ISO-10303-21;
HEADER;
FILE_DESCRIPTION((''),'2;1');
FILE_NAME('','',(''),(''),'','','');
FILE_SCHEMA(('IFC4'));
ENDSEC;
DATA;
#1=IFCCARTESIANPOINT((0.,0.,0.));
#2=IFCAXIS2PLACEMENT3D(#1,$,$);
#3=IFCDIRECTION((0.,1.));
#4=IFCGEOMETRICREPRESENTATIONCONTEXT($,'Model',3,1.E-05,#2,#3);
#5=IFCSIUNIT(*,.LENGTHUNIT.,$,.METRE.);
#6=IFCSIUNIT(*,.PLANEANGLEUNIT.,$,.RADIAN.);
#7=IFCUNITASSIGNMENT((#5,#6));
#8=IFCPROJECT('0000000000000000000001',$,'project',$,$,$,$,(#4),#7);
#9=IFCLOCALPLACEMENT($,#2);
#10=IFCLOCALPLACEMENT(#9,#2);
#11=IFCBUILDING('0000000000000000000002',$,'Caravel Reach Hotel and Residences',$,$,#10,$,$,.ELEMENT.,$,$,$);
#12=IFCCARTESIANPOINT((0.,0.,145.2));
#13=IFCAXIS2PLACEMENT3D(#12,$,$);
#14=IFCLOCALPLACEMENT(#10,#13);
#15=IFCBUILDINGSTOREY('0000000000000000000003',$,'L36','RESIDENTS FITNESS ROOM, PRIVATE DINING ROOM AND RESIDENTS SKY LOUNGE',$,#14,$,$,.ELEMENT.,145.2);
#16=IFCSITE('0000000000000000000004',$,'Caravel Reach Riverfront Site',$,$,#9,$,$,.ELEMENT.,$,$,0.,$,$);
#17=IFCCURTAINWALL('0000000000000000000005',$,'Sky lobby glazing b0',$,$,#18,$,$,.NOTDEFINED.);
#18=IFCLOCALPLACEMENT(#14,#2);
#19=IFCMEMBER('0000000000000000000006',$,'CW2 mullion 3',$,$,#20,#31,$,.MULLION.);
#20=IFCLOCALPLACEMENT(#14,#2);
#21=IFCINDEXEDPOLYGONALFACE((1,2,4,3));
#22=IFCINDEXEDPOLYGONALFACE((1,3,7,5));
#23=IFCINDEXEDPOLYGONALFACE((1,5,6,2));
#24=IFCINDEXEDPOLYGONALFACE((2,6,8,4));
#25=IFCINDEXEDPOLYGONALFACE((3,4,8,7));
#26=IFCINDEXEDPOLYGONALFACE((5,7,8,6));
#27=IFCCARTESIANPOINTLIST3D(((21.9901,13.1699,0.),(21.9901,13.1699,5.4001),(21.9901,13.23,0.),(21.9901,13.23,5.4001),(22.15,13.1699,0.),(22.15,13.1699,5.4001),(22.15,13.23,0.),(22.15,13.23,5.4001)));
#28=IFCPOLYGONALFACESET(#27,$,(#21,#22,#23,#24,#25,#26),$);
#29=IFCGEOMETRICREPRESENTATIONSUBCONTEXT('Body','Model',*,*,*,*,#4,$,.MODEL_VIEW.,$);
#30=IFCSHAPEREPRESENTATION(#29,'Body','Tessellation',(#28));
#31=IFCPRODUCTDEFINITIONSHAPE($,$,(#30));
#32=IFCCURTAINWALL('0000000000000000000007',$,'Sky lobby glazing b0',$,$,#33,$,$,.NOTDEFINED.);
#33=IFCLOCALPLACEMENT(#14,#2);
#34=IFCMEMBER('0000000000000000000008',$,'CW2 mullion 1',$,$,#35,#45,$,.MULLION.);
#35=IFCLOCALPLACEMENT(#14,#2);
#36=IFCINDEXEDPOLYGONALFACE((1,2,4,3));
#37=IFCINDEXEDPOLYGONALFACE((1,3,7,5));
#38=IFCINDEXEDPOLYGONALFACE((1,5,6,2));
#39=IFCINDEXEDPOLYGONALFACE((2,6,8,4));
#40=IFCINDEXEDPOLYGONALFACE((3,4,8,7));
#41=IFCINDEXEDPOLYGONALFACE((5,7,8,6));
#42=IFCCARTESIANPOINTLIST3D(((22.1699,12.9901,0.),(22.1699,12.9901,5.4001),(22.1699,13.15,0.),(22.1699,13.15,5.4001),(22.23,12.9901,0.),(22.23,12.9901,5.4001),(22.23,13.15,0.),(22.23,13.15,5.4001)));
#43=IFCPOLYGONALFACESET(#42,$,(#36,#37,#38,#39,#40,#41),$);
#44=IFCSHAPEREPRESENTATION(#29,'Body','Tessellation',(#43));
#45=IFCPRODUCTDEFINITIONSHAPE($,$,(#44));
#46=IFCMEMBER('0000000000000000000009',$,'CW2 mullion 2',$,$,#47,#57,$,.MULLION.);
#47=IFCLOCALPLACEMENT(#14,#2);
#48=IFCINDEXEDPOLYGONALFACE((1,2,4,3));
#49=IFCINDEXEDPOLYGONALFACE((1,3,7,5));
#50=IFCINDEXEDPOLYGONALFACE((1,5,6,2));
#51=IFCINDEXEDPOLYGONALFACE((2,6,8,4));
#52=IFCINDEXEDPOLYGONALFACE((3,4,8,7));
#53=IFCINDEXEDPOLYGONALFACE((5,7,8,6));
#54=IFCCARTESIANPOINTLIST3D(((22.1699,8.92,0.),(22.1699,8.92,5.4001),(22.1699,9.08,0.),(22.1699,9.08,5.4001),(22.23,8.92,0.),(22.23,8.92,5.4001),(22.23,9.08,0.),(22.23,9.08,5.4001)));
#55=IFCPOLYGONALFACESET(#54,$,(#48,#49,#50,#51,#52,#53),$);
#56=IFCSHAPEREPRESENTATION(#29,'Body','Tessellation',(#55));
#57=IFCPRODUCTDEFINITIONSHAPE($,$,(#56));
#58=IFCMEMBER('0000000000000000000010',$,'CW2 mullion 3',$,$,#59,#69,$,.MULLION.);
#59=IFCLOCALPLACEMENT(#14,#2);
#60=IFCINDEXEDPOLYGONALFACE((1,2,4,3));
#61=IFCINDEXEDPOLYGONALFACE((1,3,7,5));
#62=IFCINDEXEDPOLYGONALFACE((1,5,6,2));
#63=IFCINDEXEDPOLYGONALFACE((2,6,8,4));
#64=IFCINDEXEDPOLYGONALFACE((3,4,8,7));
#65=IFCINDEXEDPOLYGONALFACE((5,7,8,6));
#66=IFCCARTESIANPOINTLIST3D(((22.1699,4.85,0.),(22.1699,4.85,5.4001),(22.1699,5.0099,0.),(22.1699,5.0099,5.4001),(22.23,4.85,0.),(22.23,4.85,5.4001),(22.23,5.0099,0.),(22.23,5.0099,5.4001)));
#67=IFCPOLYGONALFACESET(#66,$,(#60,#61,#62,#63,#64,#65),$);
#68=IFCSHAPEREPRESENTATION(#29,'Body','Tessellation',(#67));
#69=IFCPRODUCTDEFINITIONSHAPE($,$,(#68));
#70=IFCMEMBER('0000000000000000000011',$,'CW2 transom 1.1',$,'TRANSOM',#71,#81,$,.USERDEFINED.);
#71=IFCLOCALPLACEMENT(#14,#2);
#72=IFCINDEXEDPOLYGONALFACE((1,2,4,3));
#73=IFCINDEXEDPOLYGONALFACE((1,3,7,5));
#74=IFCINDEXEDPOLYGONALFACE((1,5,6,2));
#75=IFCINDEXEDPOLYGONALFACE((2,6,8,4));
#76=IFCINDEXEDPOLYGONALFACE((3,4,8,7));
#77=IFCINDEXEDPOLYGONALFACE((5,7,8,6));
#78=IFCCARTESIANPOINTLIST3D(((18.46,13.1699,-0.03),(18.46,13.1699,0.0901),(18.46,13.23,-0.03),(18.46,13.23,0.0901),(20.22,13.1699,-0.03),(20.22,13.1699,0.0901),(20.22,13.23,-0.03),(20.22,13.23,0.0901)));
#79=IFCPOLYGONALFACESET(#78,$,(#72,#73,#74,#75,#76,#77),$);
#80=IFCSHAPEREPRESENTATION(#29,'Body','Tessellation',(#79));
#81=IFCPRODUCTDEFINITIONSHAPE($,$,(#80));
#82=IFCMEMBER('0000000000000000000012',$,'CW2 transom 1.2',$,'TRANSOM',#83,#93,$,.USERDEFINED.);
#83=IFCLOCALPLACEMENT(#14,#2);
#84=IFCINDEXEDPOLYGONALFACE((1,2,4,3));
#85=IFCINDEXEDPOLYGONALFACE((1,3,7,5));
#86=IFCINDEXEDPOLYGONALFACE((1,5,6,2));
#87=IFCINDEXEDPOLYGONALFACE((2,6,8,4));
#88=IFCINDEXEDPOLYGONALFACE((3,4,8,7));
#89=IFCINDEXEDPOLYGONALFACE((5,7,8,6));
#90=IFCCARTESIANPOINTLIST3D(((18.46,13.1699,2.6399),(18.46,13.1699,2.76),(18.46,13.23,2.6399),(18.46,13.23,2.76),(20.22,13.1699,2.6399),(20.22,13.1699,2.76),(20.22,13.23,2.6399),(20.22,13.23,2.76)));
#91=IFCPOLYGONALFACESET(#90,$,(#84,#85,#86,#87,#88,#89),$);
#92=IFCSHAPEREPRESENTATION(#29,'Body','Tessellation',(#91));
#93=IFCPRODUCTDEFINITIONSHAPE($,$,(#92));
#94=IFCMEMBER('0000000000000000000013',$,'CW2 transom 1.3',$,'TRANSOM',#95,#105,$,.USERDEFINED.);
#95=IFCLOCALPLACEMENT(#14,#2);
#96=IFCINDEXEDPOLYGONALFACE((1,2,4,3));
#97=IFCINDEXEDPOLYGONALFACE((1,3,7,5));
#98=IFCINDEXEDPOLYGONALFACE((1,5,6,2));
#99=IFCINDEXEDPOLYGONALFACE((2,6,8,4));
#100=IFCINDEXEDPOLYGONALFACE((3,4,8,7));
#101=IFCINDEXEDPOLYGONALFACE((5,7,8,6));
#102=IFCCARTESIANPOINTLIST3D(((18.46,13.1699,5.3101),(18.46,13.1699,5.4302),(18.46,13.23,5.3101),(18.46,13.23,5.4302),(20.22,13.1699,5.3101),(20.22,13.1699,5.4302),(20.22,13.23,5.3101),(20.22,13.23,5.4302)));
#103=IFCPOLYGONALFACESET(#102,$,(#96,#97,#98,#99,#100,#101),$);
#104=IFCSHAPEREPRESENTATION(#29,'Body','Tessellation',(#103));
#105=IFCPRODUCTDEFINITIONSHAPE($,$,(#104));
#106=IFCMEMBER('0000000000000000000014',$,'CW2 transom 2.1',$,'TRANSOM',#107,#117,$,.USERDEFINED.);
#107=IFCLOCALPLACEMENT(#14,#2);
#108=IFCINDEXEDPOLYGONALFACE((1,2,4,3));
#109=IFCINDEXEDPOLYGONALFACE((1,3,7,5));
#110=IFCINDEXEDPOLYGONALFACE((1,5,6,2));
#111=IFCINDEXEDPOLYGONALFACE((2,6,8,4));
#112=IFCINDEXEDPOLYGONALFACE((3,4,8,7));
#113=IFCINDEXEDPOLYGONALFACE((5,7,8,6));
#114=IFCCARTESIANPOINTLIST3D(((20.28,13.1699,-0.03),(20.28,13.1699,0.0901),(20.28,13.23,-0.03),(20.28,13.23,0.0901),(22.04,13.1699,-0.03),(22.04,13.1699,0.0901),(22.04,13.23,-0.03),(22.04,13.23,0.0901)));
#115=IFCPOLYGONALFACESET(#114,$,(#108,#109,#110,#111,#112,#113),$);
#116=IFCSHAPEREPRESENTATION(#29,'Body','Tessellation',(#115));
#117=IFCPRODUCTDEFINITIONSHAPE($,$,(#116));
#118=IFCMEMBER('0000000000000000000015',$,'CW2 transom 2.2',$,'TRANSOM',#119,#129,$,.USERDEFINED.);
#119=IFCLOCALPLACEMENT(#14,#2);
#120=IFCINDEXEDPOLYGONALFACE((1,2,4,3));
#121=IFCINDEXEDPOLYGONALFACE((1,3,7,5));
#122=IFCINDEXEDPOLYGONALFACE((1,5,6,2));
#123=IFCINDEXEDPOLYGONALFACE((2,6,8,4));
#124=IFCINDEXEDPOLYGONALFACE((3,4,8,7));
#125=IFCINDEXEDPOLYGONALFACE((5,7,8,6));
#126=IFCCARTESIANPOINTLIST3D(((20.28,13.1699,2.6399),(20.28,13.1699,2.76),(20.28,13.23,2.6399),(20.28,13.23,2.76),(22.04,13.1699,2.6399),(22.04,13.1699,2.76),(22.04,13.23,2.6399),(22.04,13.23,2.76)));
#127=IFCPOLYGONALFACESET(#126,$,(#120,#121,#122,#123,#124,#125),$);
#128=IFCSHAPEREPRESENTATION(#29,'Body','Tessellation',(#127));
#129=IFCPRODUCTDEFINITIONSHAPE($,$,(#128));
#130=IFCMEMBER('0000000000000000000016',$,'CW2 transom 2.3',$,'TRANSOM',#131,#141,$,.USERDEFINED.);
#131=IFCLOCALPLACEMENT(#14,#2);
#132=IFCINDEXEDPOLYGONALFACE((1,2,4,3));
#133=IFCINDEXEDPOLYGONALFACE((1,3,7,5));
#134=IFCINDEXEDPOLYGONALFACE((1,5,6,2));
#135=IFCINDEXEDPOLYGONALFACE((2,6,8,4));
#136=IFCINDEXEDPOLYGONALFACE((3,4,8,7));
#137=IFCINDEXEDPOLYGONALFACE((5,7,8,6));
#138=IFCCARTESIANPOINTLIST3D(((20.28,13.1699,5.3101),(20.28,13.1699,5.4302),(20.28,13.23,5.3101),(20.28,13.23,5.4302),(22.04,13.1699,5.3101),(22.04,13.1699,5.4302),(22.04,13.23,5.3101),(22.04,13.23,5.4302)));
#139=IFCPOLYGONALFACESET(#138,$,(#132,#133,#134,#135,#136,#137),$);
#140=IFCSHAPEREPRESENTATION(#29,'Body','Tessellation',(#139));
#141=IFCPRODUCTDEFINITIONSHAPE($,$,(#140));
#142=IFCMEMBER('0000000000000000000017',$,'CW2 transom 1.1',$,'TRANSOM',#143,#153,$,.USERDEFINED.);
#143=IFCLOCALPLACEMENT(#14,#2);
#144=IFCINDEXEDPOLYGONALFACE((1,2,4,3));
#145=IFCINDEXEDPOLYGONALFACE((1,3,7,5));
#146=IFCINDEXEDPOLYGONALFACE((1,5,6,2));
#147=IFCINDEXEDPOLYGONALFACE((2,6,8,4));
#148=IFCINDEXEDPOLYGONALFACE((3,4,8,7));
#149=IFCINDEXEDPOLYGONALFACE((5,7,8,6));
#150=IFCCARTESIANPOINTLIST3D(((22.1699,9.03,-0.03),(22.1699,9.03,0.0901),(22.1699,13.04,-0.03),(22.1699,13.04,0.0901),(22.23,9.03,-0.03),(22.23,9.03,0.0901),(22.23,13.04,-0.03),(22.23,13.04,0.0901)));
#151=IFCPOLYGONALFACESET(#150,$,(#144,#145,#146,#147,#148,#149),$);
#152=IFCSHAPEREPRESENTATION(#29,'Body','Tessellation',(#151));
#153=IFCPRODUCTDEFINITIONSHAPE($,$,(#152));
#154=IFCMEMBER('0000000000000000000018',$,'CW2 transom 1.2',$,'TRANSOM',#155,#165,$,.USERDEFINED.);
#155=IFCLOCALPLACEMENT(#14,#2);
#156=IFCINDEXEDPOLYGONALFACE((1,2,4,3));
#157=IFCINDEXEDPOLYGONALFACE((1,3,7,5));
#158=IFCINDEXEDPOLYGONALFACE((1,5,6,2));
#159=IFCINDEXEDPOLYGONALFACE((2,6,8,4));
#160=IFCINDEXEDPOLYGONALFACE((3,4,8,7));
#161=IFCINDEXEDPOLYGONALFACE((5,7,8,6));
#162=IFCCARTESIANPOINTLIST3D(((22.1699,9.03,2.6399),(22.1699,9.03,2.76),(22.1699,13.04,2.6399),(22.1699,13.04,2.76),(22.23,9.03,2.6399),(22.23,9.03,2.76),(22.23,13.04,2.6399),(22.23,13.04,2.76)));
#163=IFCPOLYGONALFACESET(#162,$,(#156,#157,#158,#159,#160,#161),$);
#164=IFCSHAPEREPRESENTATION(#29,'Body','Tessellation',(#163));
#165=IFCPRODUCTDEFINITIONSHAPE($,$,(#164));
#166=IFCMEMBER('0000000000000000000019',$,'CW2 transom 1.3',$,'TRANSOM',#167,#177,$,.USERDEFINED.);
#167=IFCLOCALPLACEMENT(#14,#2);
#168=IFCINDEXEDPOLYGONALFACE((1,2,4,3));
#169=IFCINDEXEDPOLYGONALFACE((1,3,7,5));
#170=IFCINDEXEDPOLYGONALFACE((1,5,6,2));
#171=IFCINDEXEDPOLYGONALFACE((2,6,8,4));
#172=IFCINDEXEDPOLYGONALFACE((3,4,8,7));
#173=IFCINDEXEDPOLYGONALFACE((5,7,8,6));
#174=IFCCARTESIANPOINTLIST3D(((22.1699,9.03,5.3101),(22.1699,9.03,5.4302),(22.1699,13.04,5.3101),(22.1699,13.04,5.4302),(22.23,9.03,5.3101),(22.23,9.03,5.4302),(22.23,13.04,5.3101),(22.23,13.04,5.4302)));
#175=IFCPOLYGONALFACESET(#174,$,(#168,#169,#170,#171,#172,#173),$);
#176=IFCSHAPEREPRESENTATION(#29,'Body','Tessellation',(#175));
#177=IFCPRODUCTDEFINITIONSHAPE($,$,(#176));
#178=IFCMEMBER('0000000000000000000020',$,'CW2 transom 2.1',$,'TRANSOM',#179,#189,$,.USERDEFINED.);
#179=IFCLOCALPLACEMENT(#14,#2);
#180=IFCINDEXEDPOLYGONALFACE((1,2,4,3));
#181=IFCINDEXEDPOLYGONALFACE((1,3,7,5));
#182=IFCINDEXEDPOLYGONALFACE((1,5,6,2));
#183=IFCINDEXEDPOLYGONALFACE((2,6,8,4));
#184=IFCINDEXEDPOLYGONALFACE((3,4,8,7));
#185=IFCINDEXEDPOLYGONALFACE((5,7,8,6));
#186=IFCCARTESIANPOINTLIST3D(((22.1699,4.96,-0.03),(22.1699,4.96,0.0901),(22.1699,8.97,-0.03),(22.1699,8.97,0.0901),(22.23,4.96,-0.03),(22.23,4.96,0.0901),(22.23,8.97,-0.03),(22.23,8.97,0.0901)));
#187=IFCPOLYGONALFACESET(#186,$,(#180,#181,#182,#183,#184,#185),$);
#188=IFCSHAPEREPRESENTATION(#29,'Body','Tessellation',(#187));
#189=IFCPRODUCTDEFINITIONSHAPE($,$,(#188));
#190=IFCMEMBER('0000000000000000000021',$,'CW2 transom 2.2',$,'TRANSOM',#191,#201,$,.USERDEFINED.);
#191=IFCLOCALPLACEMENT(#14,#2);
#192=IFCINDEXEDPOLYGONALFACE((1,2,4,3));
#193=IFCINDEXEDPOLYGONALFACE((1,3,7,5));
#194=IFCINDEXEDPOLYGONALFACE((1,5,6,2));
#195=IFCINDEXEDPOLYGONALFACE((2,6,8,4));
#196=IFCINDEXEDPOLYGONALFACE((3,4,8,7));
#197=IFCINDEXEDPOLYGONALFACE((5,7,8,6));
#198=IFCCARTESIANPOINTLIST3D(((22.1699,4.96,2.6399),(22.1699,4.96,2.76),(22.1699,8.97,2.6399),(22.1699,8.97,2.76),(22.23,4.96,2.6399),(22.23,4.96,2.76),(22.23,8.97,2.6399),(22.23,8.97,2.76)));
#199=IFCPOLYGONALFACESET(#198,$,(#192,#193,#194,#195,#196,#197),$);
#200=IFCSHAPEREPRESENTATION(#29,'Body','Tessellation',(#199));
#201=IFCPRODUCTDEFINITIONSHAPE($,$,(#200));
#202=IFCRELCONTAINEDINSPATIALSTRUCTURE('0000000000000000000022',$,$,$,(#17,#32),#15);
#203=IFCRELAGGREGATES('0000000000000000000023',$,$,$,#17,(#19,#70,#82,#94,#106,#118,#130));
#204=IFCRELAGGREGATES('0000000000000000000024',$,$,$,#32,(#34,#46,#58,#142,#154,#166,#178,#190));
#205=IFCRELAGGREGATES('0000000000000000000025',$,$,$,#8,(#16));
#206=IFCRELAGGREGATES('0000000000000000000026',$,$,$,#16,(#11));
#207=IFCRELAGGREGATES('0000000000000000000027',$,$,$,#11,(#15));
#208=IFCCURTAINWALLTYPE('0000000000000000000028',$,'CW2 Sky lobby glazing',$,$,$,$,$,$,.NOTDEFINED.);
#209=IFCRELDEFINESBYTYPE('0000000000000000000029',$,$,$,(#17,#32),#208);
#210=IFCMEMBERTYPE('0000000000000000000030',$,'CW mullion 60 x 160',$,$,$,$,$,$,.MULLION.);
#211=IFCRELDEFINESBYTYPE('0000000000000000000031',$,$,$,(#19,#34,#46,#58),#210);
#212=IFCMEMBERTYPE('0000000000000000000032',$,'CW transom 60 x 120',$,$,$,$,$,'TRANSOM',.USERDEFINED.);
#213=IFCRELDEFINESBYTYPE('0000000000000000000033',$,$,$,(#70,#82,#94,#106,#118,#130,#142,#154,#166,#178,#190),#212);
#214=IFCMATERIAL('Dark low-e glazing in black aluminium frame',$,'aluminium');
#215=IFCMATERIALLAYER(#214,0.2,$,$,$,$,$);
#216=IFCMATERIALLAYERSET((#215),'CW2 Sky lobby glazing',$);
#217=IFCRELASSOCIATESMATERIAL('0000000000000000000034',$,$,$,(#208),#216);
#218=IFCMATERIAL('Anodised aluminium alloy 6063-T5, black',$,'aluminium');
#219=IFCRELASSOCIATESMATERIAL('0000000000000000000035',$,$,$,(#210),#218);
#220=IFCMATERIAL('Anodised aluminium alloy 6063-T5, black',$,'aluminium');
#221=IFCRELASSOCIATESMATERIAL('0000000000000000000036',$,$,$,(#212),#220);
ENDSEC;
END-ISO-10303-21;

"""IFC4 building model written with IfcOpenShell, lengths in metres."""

from ifc_helpers import new_model, si_unit, direction, frame, origin, origin_2d, place, context, subcontext, project, spatial, rectangle, extrude, material, layer, layer_set, material_profile, profile_set, type_object, element, aggregate, save


model = new_model("IFC4")

# Units and contexts
model_context = context("Model", 3, precision=1e-05, world=origin(), true_north=direction((0.0, 1.0)))
body_context = subcontext(model_context, "Body", "Model", "MODEL_VIEW")
ifc_project = project(units=[si_unit("LENGTHUNIT", "METRE"), si_unit("PLANEANGLEUNIT", "RADIAN")], contexts=[model_context])

# Site, building, storey
site_placement = place(None, origin())
site = spatial("IfcSite", under=ifc_project, at=site_placement, Name="Caravel Reach Riverfront Site", CompositionType="ELEMENT", RefElevation=0.0)
building_placement = place(site_placement, origin())
building = spatial("IfcBuilding", under=site, at=building_placement, Name="Caravel Reach Hotel and Residences", CompositionType="ELEMENT")
storey_placement = place(building_placement, frame((0.0, 0.0, 145.2)))
storey = spatial("IfcBuildingStorey", under=building, at=storey_placement, Name="L36", Description="RESIDENTS FITNESS ROOM, PRIVATE DINING ROOM AND RESIDENTS SKY LOUNGE", CompositionType="ELEMENT", Elevation=145.2)

# Curtain walls, members
ifc_material_1 = material(Name="Dark low-e glazing in black aluminium frame", Category="aluminium")
ifc_layer_1 = layer(ifc_material_1, 0.2)
ifc_layer_set_1 = layer_set([ifc_layer_1], Name="CW2 Sky lobby glazing")
curtain_wall_type = type_object("IfcCurtainWallType", Name="CW2 Sky lobby glazing", PredefinedType="NOTDEFINED", material=ifc_layer_set_1)
curtain_wall_1_placement = place(storey_placement, origin())
curtain_wall_1 = element("IfcCurtainWall", 1, at=curtain_wall_1_placement, inside=storey, type_object=curtain_wall_type, Name="Sky lobby glazing b0", PredefinedType="NOTDEFINED")
ifc_material_2 = material(Name="Anodised aluminium alloy 6063-T5, black", Category="aluminium")
ifc_material_profile_1 = material_profile(ifc_material_2, rectangle(XDim=0.0601, YDim=0.1599, at=origin_2d()), Name="CW mullion 60 x 160")
ifc_profile_set_1 = profile_set([ifc_material_profile_1], Name="Anodised aluminium alloy 6063-T5, black")
member_type_1 = type_object("IfcMemberType", Name="CW mullion 60 x 160", PredefinedType="MULLION", material=ifc_profile_set_1)
member_1_placement = place(storey_placement, frame((22.0701, 13.2, 0.0), z_axis=(0.0, 0.0, 1.0), x_axis=(0.0, 1.0, 0.0)))
member_1 = element("IfcMember", 2, at=member_1_placement, type_object=member_type_1, Name="CW2 mullion 3", PredefinedType="MULLION", context=body_context, shape_type="SweptSolid", body=[
    extrude(rectangle(XDim=0.0601, YDim=0.1599, at=origin_2d()), origin(), (0.0, 0.0, 1.0), 5.4001),
])
curtain_wall_2_placement = place(storey_placement, origin())
curtain_wall_2 = element("IfcCurtainWall", 3, at=curtain_wall_2_placement, inside=storey, type_object=curtain_wall_type, Name="Sky lobby glazing b0", PredefinedType="NOTDEFINED")
member_2_placement = place(storey_placement, frame((22.2, 13.0701, 0.0), z_axis=(0.0, 0.0, 1.0), x_axis=(1.0, 0.0, 0.0)))
member_2 = element("IfcMember", 4, at=member_2_placement, type_object=member_type_1, Name="CW2 mullion 1", PredefinedType="MULLION", context=body_context, shape_type="SweptSolid", body=[
    extrude(rectangle(XDim=0.0601, YDim=0.1599, at=origin_2d()), origin(), (0.0, 0.0, 1.0), 5.4001),
])
member_3_placement = place(storey_placement, frame((22.2, 9.0, 0.0), z_axis=(0.0, 0.0, 1.0), x_axis=(1.0, 0.0, 0.0)))
member_3 = element("IfcMember", 5, at=member_3_placement, type_object=member_type_1, Name="CW2 mullion 2", PredefinedType="MULLION", context=body_context, shape_type="SweptSolid", body=[
    extrude(rectangle(XDim=0.0601, YDim=0.1599, at=origin_2d()), origin(), (0.0, 0.0, 1.0), 5.4001),
])
member_4_placement = place(storey_placement, frame((22.2, 4.9299, 0.0), z_axis=(0.0, 0.0, 1.0), x_axis=(1.0, 0.0, 0.0)))
member_4 = element("IfcMember", 6, at=member_4_placement, type_object=member_type_1, Name="CW2 mullion 3", PredefinedType="MULLION", context=body_context, shape_type="SweptSolid", body=[
    extrude(rectangle(XDim=0.0601, YDim=0.1599, at=origin_2d()), origin(), (0.0, 0.0, 1.0), 5.4001),
])

# Members
ifc_material_3 = material(Name="Anodised aluminium alloy 6063-T5, black", Category="aluminium")
ifc_material_profile_2 = material_profile(ifc_material_3, rectangle(XDim=0.0601, YDim=0.1201, at=origin_2d()), Name="CW transom 60 x 120")
ifc_profile_set_2 = profile_set([ifc_material_profile_2], Name="Anodised aluminium alloy 6063-T5, black")
member_type_2 = type_object("IfcMemberType", Name="CW transom 60 x 120", ElementType="TRANSOM", PredefinedType="USERDEFINED", material=ifc_profile_set_2)
member_5_placement = place(storey_placement, frame((18.46, 13.2, 0.03), z_axis=(1.0, 0.0, 0.0), x_axis=(0.0, 1.0, 0.0)))
member_5 = element("IfcMember", 7, at=member_5_placement, type_object=member_type_2, Name="CW2 transom 1.1", ObjectType="TRANSOM", PredefinedType="USERDEFINED", context=body_context, shape_type="SweptSolid", body=[
    extrude(rectangle(XDim=0.0601, YDim=0.1201, at=origin_2d()), origin(), (0.0, 0.0, 1.0), 1.76),
])
member_6_placement = place(storey_placement, frame((18.46, 13.2, 2.7), z_axis=(1.0, 0.0, 0.0), x_axis=(0.0, 1.0, 0.0)))
member_6 = element("IfcMember", 8, at=member_6_placement, type_object=member_type_2, Name="CW2 transom 1.2", ObjectType="TRANSOM", PredefinedType="USERDEFINED", context=body_context, shape_type="SweptSolid", body=[
    extrude(rectangle(XDim=0.0601, YDim=0.1201, at=origin_2d()), origin(), (0.0, 0.0, 1.0), 1.76),
])
member_7_placement = place(storey_placement, frame((18.46, 13.2, 5.3701), z_axis=(1.0, 0.0, 0.0), x_axis=(0.0, 1.0, 0.0)))
member_7 = element("IfcMember", 9, at=member_7_placement, type_object=member_type_2, Name="CW2 transom 1.3", ObjectType="TRANSOM", PredefinedType="USERDEFINED", context=body_context, shape_type="SweptSolid", body=[
    extrude(rectangle(XDim=0.0601, YDim=0.1201, at=origin_2d()), origin(), (0.0, 0.0, 1.0), 1.76),
])
member_8_placement = place(storey_placement, frame((20.28, 13.2, 0.03), z_axis=(1.0, 0.0, 0.0), x_axis=(0.0, 1.0, 0.0)))
member_8 = element("IfcMember", 10, at=member_8_placement, type_object=member_type_2, Name="CW2 transom 2.1", ObjectType="TRANSOM", PredefinedType="USERDEFINED", context=body_context, shape_type="SweptSolid", body=[
    extrude(rectangle(XDim=0.0601, YDim=0.1201, at=origin_2d()), origin(), (0.0, 0.0, 1.0), 1.76),
])
member_9_placement = place(storey_placement, frame((20.28, 13.2, 2.7), z_axis=(1.0, 0.0, 0.0), x_axis=(0.0, 1.0, 0.0)))
member_9 = element("IfcMember", 11, at=member_9_placement, type_object=member_type_2, Name="CW2 transom 2.2", ObjectType="TRANSOM", PredefinedType="USERDEFINED", context=body_context, shape_type="SweptSolid", body=[
    extrude(rectangle(XDim=0.0601, YDim=0.1201, at=origin_2d()), origin(), (0.0, 0.0, 1.0), 1.76),
])
member_10_placement = place(storey_placement, frame((20.28, 13.2, 5.3701), z_axis=(1.0, 0.0, 0.0), x_axis=(0.0, 1.0, 0.0)))
member_10 = element("IfcMember", 12, at=member_10_placement, type_object=member_type_2, Name="CW2 transom 2.3", ObjectType="TRANSOM", PredefinedType="USERDEFINED", context=body_context, shape_type="SweptSolid", body=[
    extrude(rectangle(XDim=0.0601, YDim=0.1201, at=origin_2d()), origin(), (0.0, 0.0, 1.0), 1.76),
])
member_11_placement = place(storey_placement, frame((22.2, 13.04, 0.03), z_axis=(0.0, -1.0, 0.0), x_axis=(1.0, 0.0, 0.0)))
member_11 = element("IfcMember", 13, at=member_11_placement, type_object=member_type_2, Name="CW2 transom 1.1", ObjectType="TRANSOM", PredefinedType="USERDEFINED", context=body_context, shape_type="SweptSolid", body=[
    extrude(rectangle(XDim=0.0601, YDim=0.1201, at=origin_2d()), origin(), (0.0, 0.0, 1.0), 4.01),
])
member_12_placement = place(storey_placement, frame((22.2, 13.04, 2.7), z_axis=(0.0, -1.0, 0.0), x_axis=(1.0, 0.0, 0.0)))
member_12 = element("IfcMember", 14, at=member_12_placement, type_object=member_type_2, Name="CW2 transom 1.2", ObjectType="TRANSOM", PredefinedType="USERDEFINED", context=body_context, shape_type="SweptSolid", body=[
    extrude(rectangle(XDim=0.0601, YDim=0.1201, at=origin_2d()), origin(), (0.0, 0.0, 1.0), 4.01),
])
member_13_placement = place(storey_placement, frame((22.2, 13.04, 5.3701), z_axis=(0.0, -1.0, 0.0), x_axis=(1.0, 0.0, 0.0)))
member_13 = element("IfcMember", 15, at=member_13_placement, type_object=member_type_2, Name="CW2 transom 1.3", ObjectType="TRANSOM", PredefinedType="USERDEFINED", context=body_context, shape_type="SweptSolid", body=[
    extrude(rectangle(XDim=0.0601, YDim=0.1201, at=origin_2d()), origin(), (0.0, 0.0, 1.0), 4.01),
])
member_14_placement = place(storey_placement, frame((22.2, 8.97, 0.03), z_axis=(0.0, -1.0, 0.0), x_axis=(1.0, 0.0, 0.0)))
member_14 = element("IfcMember", 16, at=member_14_placement, type_object=member_type_2, Name="CW2 transom 2.1", ObjectType="TRANSOM", PredefinedType="USERDEFINED", context=body_context, shape_type="SweptSolid", body=[
    extrude(rectangle(XDim=0.0601, YDim=0.1201, at=origin_2d()), origin(), (0.0, 0.0, 1.0), 4.01),
])
member_15_placement = place(storey_placement, frame((22.2, 8.97, 2.7), z_axis=(0.0, -1.0, 0.0), x_axis=(1.0, 0.0, 0.0)))
member_15 = element("IfcMember", 17, at=member_15_placement, type_object=member_type_2, Name="CW2 transom 2.2", ObjectType="TRANSOM", PredefinedType="USERDEFINED", context=body_context, shape_type="SweptSolid", body=[
    extrude(rectangle(XDim=0.0601, YDim=0.1201, at=origin_2d()), origin(), (0.0, 0.0, 1.0), 4.01),
])

aggregate(curtain_wall_1, [member_1, member_5, member_6, member_7, member_8, member_9, member_10])
aggregate(curtain_wall_2, [member_2, member_3, member_4, member_11, member_12, member_13, member_14, member_15])

save(model, "model.ifc")
